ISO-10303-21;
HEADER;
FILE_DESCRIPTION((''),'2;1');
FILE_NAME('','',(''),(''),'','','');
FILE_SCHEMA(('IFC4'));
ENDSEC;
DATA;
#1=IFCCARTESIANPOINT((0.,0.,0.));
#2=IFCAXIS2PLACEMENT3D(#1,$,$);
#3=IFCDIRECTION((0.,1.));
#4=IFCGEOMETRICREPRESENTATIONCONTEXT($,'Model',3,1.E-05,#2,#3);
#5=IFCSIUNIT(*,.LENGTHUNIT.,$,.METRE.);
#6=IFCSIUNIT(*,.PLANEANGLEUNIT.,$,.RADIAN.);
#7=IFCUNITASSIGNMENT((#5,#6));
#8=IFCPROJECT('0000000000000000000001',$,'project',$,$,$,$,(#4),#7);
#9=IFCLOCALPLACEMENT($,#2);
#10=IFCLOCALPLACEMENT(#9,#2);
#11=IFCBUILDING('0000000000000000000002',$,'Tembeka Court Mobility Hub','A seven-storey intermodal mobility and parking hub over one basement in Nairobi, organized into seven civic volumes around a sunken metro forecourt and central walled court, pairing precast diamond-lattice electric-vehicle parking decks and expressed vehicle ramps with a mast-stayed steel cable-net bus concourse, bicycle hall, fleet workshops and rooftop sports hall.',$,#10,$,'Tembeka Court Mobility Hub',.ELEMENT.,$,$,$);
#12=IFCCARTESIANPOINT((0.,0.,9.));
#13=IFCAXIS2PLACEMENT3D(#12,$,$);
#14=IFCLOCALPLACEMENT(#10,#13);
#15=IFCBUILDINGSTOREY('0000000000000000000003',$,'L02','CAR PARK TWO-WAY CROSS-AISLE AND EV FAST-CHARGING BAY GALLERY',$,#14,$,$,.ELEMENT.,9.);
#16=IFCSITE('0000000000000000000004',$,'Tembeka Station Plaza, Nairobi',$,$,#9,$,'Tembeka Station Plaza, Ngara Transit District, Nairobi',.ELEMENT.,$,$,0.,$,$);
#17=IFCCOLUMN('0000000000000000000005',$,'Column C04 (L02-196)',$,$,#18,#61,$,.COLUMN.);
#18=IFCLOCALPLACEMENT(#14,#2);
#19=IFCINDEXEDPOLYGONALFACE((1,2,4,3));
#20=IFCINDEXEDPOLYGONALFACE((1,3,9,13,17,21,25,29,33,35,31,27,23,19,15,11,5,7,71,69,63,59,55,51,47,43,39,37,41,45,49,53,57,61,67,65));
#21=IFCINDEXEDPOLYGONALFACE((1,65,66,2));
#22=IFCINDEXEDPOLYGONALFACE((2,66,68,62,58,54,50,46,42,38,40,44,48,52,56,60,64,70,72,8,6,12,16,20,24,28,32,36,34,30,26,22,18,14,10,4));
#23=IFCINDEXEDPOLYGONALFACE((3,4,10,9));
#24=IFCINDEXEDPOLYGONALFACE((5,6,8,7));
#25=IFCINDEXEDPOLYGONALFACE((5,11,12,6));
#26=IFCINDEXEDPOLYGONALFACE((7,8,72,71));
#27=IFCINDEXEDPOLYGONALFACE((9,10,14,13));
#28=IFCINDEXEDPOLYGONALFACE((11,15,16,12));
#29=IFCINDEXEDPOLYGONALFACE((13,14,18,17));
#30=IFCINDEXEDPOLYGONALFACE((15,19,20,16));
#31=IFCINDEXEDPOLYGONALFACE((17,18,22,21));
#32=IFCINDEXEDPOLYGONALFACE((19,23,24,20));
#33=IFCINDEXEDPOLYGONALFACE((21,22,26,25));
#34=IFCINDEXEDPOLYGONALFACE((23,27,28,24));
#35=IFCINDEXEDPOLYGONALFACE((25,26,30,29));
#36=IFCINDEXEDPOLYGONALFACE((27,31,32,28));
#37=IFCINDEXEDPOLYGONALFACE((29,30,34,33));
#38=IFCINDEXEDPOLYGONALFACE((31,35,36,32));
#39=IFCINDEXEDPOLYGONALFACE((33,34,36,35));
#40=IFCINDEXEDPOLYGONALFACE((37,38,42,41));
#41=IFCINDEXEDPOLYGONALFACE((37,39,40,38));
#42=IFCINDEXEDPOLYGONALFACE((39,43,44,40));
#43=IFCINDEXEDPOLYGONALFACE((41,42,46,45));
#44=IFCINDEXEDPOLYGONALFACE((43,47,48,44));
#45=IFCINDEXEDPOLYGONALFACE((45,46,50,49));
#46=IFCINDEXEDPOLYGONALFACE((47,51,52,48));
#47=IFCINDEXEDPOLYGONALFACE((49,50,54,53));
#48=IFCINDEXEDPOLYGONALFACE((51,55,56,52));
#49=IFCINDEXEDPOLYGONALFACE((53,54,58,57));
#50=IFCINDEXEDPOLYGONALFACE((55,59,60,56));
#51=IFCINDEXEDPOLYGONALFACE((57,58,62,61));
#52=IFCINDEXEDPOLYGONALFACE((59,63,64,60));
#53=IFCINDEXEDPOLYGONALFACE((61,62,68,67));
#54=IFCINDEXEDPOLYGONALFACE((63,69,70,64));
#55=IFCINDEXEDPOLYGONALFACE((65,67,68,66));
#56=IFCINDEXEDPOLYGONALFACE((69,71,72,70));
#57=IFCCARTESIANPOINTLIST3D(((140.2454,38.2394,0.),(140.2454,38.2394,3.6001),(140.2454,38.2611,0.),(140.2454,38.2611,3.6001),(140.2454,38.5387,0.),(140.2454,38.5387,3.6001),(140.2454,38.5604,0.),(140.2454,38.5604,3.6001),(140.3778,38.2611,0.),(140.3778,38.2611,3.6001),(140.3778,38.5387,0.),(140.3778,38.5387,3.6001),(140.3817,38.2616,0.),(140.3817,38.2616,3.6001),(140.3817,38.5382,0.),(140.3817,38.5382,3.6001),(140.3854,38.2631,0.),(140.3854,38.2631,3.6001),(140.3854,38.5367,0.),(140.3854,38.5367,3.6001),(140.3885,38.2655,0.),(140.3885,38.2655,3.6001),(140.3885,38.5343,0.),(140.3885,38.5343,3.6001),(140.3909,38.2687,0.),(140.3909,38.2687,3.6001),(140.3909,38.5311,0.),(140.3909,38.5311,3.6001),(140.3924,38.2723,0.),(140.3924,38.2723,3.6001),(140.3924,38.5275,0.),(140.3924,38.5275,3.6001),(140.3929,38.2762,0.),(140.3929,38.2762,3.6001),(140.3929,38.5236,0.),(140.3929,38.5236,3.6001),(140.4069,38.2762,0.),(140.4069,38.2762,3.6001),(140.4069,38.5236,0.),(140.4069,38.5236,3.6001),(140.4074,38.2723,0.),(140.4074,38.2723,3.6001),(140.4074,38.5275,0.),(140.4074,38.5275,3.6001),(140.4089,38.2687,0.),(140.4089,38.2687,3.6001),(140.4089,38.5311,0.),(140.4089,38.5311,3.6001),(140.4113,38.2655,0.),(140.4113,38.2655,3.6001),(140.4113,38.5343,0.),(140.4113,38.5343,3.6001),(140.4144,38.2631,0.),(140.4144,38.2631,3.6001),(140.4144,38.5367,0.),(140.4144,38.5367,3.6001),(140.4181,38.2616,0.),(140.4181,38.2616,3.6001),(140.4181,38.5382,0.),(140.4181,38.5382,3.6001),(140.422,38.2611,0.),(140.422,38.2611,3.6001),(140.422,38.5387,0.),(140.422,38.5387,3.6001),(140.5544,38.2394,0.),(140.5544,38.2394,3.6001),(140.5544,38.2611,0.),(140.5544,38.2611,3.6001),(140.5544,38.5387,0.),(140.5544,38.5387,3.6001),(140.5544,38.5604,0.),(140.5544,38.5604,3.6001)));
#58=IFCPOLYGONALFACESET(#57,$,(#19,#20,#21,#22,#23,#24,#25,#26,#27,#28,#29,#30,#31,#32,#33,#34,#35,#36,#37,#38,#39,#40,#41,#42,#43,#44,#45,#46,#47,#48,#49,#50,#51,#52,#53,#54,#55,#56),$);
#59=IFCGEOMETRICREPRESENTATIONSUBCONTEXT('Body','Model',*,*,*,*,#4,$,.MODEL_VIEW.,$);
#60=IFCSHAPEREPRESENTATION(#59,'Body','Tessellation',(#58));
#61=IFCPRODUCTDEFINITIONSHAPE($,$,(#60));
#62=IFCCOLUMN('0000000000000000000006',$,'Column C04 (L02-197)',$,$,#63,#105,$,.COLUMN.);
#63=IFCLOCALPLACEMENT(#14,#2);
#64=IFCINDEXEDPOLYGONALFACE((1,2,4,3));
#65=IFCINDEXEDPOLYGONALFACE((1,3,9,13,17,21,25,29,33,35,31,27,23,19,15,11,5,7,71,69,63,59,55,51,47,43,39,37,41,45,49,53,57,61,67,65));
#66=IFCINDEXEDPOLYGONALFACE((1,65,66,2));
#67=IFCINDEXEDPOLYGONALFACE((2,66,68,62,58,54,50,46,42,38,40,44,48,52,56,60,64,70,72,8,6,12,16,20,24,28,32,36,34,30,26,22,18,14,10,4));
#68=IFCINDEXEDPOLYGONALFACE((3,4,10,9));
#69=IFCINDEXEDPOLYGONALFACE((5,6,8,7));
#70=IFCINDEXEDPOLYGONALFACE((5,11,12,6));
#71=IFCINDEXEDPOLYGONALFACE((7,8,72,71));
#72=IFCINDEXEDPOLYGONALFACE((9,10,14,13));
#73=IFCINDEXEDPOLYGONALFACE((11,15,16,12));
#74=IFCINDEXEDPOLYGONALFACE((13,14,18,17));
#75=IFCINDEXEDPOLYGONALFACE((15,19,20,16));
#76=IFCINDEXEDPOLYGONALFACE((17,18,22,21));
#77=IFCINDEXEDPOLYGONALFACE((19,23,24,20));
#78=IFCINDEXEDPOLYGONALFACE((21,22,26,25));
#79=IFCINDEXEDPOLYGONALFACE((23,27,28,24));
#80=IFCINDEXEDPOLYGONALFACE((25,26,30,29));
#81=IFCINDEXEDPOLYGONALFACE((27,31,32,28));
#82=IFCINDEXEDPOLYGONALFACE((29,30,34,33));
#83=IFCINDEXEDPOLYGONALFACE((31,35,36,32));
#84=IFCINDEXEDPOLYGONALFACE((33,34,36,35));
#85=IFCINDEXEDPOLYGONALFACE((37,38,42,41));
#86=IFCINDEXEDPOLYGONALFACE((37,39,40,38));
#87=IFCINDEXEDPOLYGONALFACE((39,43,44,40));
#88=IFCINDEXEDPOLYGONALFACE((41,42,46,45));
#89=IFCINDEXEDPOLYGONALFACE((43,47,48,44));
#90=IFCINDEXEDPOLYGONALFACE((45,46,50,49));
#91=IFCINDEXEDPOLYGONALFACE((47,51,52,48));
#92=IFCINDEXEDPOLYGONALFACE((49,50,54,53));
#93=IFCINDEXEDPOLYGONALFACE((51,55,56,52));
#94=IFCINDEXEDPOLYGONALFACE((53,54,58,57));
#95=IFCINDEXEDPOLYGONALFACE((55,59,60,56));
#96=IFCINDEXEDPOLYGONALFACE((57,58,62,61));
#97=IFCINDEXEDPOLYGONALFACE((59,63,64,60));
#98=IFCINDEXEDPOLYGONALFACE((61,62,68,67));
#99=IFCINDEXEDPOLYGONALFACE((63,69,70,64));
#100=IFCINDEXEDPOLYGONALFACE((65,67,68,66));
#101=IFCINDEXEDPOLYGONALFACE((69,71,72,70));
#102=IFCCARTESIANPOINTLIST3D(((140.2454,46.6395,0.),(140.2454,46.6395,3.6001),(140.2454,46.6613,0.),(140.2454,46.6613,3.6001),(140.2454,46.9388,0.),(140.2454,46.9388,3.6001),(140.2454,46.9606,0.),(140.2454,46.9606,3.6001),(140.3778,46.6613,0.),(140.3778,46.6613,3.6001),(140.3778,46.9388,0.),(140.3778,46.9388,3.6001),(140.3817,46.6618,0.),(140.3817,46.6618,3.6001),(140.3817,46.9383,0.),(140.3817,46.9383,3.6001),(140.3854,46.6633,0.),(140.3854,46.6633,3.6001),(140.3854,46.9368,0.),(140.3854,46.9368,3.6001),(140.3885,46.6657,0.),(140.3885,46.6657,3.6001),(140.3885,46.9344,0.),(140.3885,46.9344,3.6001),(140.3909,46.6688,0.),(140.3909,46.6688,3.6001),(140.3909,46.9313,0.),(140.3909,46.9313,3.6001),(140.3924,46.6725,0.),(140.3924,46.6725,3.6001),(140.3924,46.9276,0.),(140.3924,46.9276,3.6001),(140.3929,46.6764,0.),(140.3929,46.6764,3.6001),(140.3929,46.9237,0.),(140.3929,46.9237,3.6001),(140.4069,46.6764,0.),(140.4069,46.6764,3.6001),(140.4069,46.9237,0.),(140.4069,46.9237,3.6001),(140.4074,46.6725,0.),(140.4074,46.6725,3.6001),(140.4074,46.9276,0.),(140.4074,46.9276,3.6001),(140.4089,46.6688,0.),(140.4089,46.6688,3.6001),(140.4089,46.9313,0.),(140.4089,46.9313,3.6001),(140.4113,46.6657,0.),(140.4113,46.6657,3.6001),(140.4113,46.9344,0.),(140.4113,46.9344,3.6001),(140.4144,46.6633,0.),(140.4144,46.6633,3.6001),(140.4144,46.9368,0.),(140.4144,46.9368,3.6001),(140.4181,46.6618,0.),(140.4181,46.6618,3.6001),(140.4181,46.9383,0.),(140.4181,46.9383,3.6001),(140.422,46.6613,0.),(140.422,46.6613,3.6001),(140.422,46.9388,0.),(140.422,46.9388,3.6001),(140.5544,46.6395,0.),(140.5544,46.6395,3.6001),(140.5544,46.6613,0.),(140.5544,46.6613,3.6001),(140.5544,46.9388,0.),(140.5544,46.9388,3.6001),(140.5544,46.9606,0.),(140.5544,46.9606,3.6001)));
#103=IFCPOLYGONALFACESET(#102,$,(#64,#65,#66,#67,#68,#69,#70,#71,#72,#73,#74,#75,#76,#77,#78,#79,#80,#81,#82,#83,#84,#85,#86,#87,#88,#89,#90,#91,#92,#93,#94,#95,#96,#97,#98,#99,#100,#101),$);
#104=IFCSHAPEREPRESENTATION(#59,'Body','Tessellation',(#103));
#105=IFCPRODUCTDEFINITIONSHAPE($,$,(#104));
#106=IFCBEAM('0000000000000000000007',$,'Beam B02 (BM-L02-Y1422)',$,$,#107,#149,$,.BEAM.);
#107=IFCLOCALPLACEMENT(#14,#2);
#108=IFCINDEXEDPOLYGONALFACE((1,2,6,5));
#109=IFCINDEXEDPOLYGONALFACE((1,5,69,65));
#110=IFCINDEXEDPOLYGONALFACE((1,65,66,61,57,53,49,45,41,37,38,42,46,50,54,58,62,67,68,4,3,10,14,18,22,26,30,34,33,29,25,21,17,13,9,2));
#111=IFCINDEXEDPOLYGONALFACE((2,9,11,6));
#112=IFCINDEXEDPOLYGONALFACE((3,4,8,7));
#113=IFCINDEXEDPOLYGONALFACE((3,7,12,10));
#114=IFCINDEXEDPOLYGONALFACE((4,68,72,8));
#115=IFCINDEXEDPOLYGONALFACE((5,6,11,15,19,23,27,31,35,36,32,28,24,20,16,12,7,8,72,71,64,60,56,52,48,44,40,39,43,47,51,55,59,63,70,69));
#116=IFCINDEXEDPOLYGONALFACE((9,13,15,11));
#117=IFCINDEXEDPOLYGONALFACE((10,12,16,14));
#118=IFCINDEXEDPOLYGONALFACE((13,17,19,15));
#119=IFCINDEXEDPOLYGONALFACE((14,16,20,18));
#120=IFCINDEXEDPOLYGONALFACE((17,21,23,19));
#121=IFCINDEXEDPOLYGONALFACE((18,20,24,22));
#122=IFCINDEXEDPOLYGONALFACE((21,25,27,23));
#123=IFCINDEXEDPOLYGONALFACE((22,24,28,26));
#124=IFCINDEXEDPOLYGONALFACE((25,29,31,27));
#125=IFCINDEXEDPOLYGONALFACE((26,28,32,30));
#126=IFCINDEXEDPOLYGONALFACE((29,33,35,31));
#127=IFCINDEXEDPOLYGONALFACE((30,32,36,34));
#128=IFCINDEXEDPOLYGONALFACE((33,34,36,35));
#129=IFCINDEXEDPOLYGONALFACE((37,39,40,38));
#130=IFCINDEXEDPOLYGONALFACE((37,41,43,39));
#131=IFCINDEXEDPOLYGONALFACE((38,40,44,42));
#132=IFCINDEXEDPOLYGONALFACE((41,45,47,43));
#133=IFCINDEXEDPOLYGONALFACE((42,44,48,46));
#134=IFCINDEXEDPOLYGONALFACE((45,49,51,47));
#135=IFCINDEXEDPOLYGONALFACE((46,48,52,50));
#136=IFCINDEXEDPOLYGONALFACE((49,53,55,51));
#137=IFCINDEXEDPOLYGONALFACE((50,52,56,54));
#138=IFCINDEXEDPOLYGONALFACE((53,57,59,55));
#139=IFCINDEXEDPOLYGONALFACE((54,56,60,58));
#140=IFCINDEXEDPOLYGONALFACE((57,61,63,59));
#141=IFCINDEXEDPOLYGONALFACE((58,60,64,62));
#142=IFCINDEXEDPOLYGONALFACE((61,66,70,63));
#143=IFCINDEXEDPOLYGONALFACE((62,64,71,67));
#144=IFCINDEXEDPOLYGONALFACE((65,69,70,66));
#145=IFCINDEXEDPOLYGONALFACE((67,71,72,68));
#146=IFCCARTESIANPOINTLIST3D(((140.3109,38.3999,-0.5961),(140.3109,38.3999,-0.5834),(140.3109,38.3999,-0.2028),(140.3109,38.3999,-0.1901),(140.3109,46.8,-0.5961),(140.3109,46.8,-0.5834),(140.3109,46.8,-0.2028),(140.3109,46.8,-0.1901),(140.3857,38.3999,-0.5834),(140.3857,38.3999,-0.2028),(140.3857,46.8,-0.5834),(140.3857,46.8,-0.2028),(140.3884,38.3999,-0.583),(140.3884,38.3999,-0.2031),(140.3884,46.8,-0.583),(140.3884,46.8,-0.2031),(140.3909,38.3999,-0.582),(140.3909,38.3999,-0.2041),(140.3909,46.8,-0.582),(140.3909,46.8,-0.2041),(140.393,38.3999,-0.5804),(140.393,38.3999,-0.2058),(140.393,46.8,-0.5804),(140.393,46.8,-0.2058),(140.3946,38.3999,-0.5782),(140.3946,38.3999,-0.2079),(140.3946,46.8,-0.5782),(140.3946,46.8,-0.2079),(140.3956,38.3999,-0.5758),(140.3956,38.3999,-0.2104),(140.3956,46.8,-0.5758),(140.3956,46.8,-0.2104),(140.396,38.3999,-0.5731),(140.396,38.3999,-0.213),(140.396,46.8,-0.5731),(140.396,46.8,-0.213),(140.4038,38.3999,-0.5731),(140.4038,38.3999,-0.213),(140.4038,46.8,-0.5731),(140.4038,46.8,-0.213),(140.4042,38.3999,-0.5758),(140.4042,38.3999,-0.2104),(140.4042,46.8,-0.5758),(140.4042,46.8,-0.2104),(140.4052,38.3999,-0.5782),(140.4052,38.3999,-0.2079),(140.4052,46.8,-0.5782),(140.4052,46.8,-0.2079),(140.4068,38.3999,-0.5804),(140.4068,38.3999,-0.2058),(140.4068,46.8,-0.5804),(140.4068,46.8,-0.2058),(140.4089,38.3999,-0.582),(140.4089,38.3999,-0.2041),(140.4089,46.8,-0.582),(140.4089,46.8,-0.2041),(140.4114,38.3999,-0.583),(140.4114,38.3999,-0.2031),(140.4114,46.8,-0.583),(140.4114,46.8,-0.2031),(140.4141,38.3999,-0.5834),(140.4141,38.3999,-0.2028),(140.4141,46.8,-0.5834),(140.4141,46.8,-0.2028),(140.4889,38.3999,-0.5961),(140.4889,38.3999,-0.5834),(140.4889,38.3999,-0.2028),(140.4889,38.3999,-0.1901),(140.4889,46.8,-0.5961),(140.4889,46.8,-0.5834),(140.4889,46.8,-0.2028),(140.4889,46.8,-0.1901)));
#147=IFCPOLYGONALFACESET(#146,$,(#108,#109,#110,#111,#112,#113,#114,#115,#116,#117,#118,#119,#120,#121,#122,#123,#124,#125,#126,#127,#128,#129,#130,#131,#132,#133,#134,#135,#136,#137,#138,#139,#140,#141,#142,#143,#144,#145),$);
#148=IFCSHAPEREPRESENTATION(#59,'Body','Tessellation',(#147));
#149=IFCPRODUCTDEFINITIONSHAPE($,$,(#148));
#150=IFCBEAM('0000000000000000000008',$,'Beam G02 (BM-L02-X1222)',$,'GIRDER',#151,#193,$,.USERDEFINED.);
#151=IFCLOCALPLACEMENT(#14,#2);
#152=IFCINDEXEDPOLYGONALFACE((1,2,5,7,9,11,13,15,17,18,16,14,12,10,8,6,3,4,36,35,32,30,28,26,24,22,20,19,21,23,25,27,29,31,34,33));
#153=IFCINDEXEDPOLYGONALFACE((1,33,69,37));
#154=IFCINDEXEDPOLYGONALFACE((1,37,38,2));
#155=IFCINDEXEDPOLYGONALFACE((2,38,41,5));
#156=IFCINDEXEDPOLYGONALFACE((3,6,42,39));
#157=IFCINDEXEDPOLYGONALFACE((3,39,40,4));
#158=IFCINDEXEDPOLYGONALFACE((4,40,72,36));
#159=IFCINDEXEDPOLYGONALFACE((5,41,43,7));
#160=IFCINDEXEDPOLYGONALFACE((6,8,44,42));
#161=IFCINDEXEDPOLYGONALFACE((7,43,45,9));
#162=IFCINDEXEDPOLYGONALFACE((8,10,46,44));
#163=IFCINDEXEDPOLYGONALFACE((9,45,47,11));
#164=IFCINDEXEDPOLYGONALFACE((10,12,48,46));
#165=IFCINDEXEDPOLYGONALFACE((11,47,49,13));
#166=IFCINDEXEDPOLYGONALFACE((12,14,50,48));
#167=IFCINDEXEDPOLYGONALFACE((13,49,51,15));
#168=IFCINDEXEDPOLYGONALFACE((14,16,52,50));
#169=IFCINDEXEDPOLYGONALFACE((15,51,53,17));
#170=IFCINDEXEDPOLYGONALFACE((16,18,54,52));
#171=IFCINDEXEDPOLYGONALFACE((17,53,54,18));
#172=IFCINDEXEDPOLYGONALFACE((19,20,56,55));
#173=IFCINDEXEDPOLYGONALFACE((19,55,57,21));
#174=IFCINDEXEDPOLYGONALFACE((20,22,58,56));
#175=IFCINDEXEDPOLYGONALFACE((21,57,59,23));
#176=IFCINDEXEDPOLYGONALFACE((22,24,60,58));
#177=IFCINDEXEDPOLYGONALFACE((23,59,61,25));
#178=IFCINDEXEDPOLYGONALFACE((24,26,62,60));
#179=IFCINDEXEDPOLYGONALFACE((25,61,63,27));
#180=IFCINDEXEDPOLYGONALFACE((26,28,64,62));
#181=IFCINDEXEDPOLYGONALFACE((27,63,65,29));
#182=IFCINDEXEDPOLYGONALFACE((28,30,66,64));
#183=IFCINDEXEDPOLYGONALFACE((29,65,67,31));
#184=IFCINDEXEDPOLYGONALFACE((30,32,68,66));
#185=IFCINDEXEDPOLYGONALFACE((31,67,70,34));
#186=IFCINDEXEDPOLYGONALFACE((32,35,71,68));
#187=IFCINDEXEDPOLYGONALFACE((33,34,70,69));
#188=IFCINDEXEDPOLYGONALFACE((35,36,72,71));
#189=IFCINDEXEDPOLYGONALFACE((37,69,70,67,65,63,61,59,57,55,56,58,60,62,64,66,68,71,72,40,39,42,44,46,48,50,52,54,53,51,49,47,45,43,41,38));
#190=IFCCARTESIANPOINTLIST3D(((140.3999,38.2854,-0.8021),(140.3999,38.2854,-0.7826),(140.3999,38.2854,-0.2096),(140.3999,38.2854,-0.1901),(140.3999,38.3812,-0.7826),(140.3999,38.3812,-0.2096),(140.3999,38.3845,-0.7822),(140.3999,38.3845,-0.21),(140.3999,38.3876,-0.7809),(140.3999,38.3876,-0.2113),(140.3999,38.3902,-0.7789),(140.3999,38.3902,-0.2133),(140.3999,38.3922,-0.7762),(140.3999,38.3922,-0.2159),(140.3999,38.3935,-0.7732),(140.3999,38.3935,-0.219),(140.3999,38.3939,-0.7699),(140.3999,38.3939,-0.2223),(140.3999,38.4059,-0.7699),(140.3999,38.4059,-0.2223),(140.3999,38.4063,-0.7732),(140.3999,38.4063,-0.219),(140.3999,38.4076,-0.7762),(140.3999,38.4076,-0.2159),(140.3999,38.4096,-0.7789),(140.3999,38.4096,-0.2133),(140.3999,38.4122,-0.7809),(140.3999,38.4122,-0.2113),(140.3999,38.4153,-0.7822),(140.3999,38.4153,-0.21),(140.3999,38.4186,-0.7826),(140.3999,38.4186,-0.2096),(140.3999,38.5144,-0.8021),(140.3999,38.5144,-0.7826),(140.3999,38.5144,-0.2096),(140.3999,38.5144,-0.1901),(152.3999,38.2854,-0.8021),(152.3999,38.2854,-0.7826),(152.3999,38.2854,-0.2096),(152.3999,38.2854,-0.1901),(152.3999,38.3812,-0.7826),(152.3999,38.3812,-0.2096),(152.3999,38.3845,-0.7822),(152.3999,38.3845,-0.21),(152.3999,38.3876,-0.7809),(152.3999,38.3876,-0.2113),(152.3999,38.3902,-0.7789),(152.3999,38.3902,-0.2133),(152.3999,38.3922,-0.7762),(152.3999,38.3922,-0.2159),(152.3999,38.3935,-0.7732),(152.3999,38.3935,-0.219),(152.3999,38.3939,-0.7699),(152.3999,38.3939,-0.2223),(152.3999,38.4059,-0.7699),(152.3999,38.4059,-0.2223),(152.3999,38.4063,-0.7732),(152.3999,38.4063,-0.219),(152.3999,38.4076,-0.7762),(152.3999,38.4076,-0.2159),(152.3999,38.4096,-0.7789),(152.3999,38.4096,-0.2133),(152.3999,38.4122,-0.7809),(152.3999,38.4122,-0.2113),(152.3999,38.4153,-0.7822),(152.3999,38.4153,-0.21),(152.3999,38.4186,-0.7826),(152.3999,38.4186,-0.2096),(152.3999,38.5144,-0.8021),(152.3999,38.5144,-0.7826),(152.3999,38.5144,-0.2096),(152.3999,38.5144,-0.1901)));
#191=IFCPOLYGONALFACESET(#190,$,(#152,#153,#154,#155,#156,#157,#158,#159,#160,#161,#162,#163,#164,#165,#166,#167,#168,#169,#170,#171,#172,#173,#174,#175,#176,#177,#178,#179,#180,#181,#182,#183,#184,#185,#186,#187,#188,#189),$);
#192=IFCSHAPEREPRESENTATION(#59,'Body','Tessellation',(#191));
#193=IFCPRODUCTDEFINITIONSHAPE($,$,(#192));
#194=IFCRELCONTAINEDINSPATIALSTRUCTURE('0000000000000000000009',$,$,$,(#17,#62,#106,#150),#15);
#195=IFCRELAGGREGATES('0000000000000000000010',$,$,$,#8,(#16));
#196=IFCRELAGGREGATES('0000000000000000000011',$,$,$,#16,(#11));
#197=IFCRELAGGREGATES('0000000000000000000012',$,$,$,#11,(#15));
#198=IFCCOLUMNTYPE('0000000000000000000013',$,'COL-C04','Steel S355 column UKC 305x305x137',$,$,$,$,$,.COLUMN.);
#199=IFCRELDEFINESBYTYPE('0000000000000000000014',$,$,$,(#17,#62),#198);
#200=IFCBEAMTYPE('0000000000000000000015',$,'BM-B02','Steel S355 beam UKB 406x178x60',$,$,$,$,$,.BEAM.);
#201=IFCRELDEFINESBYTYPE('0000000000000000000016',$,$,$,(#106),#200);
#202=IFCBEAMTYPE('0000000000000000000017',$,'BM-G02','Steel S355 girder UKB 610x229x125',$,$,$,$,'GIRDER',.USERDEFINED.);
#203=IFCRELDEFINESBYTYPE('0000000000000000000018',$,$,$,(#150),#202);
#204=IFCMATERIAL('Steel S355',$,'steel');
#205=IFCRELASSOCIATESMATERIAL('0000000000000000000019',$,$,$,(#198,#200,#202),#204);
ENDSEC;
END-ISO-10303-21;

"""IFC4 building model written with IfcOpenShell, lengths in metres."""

from ifc_helpers import new_model, si_unit, direction, frame, origin, origin_2d, place, context, subcontext, project, spatial, i_section, extrude, material, material_profile, profile_set, type_object, element, save


model = new_model("IFC4")

# Units and contexts
model_context = context("Model", 3, precision=1e-05, world=origin(), true_north=direction((0.0, 1.0)))
body_context = subcontext(model_context, "Body", "Model", "MODEL_VIEW")
ifc_project = project(units=[si_unit("LENGTHUNIT", "METRE"), si_unit("PLANEANGLEUNIT", "RADIAN")], contexts=[model_context])

# Site, building, storey
site_placement = place(None, origin())
site = spatial("IfcSite", under=ifc_project, at=site_placement, Name="Tembeka Station Plaza, Nairobi", LongName="Tembeka Station Plaza, Ngara Transit District, Nairobi", CompositionType="ELEMENT", RefElevation=0.0)
building_placement = place(site_placement, origin())
building = spatial("IfcBuilding", under=site, at=building_placement, Name="Tembeka Court Mobility Hub", Description="A seven-storey intermodal mobility and parking hub over one basement in Nairobi, organized into seven civic volumes around a sunken metro forecourt and central walled court, pairing precast diamond-lattice electric-vehicle parking decks and expressed vehicle ramps with a mast-stayed steel cable-net bus concourse, bicycle hall, fleet workshops and rooftop sports hall.", LongName="Tembeka Court Mobility Hub", CompositionType="ELEMENT")
storey_placement = place(building_placement, frame((0.0, 0.0, 9.0)))
storey = spatial("IfcBuildingStorey", under=building, at=storey_placement, Name="L02", Description="CAR PARK TWO-WAY CROSS-AISLE AND EV FAST-CHARGING BAY GALLERY", CompositionType="ELEMENT", Elevation=9.0)

# Columns
ifc_material_1 = material(Name="Steel S355", Category="steel")
ifc_material_profile_1 = material_profile(ifc_material_1, i_section(OverallWidth=0.3091, OverallDepth=0.321, WebThickness=0.0139, FlangeThickness=0.0217, FilletRadius=0.0151, at=origin_2d()), Name="UKC 305x305x137")
ifc_profile_set_1 = profile_set([ifc_material_profile_1], Name="Steel S355")
column_type = type_object("IfcColumnType", Name="COL-C04", Description="Steel S355 column UKC 305x305x137", PredefinedType="COLUMN", material=ifc_profile_set_1)
for number, where, z_axis, x_axis, name in (
    (1, (140.3999, 38.3999, 0.0), (0.0, 0.0, 1.0), (1.0, 0.0, 0.0), "Column C04 (L02-196)"),
    (2, (140.3999, 46.8, 0.0), (0.0, 0.0, 1.0), (1.0, 0.0, 0.0), "Column C04 (L02-197)"),
):
    element("IfcColumn", number, at=place(storey_placement, frame(where, z_axis=z_axis, x_axis=x_axis)), inside=storey, type_object=column_type, Name=name, PredefinedType="COLUMN", context=body_context, shape_type="SweptSolid", body=[
        extrude(i_section(OverallWidth=0.3091, OverallDepth=0.321, WebThickness=0.0139, FlangeThickness=0.0217, FilletRadius=0.0151, at=origin_2d()), origin(), (0.0, 0.0, 1.0), 3.6001),
    ])

# Beams
ifc_material_profile_2 = material_profile(ifc_material_1, i_section(OverallWidth=0.178, OverallDepth=0.406, WebThickness=0.0078, FlangeThickness=0.0127, FilletRadius=0.0103, at=origin_2d()), Name="UKB 406x178x60")
ifc_profile_set_2 = profile_set([ifc_material_profile_2], Name="Steel S355")
beam_type_1 = type_object("IfcBeamType", Name="BM-B02", Description="Steel S355 beam UKB 406x178x60", PredefinedType="BEAM", material=ifc_profile_set_2)
beam_1_placement = place(storey_placement, frame((140.3999, 38.3999, -0.3931), z_axis=(0.0, 1.0, 0.0), x_axis=(-1.0, 0.0, 0.0)))
element("IfcBeam", 3, at=beam_1_placement, inside=storey, type_object=beam_type_1, Name="Beam B02 (BM-L02-Y1422)", PredefinedType="BEAM", context=body_context, shape_type="SweptSolid", body=[
    extrude(i_section(OverallWidth=0.178, OverallDepth=0.406, WebThickness=0.0078, FlangeThickness=0.0127, FilletRadius=0.0103, at=origin_2d()), origin(), (0.0, 0.0, 1.0), 8.4001),
])
ifc_material_profile_3 = material_profile(ifc_material_1, i_section(OverallWidth=0.229, OverallDepth=0.6121, WebThickness=0.012, FlangeThickness=0.0195, FilletRadius=0.0127, at=origin_2d()), Name="UKB 610x229x125")
ifc_profile_set_3 = profile_set([ifc_material_profile_3], Name="Steel S355")
beam_type_2 = type_object("IfcBeamType", Name="BM-G02", Description="Steel S355 girder UKB 610x229x125", ElementType="GIRDER", PredefinedType="USERDEFINED", material=ifc_profile_set_3)
for number, where, z_axis, x_axis, name in (
    (4, (140.3999, 38.3999, -0.4961), (1.0, 0.0, 0.0), (0.0, 1.0, 0.0), "Beam G02 (BM-L02-X1222)"),
):
    element("IfcBeam", number, at=place(storey_placement, frame(where, z_axis=z_axis, x_axis=x_axis)), inside=storey, type_object=beam_type_2, Name=name, ObjectType="GIRDER", PredefinedType="USERDEFINED", context=body_context, shape_type="SweptSolid", body=[
        extrude(i_section(OverallWidth=0.229, OverallDepth=0.6121, WebThickness=0.012, FlangeThickness=0.0195, FilletRadius=0.0127, at=origin_2d()), origin(), (0.0, 0.0, 1.0), 12.0),
    ])

save(model, "model.ifc")
